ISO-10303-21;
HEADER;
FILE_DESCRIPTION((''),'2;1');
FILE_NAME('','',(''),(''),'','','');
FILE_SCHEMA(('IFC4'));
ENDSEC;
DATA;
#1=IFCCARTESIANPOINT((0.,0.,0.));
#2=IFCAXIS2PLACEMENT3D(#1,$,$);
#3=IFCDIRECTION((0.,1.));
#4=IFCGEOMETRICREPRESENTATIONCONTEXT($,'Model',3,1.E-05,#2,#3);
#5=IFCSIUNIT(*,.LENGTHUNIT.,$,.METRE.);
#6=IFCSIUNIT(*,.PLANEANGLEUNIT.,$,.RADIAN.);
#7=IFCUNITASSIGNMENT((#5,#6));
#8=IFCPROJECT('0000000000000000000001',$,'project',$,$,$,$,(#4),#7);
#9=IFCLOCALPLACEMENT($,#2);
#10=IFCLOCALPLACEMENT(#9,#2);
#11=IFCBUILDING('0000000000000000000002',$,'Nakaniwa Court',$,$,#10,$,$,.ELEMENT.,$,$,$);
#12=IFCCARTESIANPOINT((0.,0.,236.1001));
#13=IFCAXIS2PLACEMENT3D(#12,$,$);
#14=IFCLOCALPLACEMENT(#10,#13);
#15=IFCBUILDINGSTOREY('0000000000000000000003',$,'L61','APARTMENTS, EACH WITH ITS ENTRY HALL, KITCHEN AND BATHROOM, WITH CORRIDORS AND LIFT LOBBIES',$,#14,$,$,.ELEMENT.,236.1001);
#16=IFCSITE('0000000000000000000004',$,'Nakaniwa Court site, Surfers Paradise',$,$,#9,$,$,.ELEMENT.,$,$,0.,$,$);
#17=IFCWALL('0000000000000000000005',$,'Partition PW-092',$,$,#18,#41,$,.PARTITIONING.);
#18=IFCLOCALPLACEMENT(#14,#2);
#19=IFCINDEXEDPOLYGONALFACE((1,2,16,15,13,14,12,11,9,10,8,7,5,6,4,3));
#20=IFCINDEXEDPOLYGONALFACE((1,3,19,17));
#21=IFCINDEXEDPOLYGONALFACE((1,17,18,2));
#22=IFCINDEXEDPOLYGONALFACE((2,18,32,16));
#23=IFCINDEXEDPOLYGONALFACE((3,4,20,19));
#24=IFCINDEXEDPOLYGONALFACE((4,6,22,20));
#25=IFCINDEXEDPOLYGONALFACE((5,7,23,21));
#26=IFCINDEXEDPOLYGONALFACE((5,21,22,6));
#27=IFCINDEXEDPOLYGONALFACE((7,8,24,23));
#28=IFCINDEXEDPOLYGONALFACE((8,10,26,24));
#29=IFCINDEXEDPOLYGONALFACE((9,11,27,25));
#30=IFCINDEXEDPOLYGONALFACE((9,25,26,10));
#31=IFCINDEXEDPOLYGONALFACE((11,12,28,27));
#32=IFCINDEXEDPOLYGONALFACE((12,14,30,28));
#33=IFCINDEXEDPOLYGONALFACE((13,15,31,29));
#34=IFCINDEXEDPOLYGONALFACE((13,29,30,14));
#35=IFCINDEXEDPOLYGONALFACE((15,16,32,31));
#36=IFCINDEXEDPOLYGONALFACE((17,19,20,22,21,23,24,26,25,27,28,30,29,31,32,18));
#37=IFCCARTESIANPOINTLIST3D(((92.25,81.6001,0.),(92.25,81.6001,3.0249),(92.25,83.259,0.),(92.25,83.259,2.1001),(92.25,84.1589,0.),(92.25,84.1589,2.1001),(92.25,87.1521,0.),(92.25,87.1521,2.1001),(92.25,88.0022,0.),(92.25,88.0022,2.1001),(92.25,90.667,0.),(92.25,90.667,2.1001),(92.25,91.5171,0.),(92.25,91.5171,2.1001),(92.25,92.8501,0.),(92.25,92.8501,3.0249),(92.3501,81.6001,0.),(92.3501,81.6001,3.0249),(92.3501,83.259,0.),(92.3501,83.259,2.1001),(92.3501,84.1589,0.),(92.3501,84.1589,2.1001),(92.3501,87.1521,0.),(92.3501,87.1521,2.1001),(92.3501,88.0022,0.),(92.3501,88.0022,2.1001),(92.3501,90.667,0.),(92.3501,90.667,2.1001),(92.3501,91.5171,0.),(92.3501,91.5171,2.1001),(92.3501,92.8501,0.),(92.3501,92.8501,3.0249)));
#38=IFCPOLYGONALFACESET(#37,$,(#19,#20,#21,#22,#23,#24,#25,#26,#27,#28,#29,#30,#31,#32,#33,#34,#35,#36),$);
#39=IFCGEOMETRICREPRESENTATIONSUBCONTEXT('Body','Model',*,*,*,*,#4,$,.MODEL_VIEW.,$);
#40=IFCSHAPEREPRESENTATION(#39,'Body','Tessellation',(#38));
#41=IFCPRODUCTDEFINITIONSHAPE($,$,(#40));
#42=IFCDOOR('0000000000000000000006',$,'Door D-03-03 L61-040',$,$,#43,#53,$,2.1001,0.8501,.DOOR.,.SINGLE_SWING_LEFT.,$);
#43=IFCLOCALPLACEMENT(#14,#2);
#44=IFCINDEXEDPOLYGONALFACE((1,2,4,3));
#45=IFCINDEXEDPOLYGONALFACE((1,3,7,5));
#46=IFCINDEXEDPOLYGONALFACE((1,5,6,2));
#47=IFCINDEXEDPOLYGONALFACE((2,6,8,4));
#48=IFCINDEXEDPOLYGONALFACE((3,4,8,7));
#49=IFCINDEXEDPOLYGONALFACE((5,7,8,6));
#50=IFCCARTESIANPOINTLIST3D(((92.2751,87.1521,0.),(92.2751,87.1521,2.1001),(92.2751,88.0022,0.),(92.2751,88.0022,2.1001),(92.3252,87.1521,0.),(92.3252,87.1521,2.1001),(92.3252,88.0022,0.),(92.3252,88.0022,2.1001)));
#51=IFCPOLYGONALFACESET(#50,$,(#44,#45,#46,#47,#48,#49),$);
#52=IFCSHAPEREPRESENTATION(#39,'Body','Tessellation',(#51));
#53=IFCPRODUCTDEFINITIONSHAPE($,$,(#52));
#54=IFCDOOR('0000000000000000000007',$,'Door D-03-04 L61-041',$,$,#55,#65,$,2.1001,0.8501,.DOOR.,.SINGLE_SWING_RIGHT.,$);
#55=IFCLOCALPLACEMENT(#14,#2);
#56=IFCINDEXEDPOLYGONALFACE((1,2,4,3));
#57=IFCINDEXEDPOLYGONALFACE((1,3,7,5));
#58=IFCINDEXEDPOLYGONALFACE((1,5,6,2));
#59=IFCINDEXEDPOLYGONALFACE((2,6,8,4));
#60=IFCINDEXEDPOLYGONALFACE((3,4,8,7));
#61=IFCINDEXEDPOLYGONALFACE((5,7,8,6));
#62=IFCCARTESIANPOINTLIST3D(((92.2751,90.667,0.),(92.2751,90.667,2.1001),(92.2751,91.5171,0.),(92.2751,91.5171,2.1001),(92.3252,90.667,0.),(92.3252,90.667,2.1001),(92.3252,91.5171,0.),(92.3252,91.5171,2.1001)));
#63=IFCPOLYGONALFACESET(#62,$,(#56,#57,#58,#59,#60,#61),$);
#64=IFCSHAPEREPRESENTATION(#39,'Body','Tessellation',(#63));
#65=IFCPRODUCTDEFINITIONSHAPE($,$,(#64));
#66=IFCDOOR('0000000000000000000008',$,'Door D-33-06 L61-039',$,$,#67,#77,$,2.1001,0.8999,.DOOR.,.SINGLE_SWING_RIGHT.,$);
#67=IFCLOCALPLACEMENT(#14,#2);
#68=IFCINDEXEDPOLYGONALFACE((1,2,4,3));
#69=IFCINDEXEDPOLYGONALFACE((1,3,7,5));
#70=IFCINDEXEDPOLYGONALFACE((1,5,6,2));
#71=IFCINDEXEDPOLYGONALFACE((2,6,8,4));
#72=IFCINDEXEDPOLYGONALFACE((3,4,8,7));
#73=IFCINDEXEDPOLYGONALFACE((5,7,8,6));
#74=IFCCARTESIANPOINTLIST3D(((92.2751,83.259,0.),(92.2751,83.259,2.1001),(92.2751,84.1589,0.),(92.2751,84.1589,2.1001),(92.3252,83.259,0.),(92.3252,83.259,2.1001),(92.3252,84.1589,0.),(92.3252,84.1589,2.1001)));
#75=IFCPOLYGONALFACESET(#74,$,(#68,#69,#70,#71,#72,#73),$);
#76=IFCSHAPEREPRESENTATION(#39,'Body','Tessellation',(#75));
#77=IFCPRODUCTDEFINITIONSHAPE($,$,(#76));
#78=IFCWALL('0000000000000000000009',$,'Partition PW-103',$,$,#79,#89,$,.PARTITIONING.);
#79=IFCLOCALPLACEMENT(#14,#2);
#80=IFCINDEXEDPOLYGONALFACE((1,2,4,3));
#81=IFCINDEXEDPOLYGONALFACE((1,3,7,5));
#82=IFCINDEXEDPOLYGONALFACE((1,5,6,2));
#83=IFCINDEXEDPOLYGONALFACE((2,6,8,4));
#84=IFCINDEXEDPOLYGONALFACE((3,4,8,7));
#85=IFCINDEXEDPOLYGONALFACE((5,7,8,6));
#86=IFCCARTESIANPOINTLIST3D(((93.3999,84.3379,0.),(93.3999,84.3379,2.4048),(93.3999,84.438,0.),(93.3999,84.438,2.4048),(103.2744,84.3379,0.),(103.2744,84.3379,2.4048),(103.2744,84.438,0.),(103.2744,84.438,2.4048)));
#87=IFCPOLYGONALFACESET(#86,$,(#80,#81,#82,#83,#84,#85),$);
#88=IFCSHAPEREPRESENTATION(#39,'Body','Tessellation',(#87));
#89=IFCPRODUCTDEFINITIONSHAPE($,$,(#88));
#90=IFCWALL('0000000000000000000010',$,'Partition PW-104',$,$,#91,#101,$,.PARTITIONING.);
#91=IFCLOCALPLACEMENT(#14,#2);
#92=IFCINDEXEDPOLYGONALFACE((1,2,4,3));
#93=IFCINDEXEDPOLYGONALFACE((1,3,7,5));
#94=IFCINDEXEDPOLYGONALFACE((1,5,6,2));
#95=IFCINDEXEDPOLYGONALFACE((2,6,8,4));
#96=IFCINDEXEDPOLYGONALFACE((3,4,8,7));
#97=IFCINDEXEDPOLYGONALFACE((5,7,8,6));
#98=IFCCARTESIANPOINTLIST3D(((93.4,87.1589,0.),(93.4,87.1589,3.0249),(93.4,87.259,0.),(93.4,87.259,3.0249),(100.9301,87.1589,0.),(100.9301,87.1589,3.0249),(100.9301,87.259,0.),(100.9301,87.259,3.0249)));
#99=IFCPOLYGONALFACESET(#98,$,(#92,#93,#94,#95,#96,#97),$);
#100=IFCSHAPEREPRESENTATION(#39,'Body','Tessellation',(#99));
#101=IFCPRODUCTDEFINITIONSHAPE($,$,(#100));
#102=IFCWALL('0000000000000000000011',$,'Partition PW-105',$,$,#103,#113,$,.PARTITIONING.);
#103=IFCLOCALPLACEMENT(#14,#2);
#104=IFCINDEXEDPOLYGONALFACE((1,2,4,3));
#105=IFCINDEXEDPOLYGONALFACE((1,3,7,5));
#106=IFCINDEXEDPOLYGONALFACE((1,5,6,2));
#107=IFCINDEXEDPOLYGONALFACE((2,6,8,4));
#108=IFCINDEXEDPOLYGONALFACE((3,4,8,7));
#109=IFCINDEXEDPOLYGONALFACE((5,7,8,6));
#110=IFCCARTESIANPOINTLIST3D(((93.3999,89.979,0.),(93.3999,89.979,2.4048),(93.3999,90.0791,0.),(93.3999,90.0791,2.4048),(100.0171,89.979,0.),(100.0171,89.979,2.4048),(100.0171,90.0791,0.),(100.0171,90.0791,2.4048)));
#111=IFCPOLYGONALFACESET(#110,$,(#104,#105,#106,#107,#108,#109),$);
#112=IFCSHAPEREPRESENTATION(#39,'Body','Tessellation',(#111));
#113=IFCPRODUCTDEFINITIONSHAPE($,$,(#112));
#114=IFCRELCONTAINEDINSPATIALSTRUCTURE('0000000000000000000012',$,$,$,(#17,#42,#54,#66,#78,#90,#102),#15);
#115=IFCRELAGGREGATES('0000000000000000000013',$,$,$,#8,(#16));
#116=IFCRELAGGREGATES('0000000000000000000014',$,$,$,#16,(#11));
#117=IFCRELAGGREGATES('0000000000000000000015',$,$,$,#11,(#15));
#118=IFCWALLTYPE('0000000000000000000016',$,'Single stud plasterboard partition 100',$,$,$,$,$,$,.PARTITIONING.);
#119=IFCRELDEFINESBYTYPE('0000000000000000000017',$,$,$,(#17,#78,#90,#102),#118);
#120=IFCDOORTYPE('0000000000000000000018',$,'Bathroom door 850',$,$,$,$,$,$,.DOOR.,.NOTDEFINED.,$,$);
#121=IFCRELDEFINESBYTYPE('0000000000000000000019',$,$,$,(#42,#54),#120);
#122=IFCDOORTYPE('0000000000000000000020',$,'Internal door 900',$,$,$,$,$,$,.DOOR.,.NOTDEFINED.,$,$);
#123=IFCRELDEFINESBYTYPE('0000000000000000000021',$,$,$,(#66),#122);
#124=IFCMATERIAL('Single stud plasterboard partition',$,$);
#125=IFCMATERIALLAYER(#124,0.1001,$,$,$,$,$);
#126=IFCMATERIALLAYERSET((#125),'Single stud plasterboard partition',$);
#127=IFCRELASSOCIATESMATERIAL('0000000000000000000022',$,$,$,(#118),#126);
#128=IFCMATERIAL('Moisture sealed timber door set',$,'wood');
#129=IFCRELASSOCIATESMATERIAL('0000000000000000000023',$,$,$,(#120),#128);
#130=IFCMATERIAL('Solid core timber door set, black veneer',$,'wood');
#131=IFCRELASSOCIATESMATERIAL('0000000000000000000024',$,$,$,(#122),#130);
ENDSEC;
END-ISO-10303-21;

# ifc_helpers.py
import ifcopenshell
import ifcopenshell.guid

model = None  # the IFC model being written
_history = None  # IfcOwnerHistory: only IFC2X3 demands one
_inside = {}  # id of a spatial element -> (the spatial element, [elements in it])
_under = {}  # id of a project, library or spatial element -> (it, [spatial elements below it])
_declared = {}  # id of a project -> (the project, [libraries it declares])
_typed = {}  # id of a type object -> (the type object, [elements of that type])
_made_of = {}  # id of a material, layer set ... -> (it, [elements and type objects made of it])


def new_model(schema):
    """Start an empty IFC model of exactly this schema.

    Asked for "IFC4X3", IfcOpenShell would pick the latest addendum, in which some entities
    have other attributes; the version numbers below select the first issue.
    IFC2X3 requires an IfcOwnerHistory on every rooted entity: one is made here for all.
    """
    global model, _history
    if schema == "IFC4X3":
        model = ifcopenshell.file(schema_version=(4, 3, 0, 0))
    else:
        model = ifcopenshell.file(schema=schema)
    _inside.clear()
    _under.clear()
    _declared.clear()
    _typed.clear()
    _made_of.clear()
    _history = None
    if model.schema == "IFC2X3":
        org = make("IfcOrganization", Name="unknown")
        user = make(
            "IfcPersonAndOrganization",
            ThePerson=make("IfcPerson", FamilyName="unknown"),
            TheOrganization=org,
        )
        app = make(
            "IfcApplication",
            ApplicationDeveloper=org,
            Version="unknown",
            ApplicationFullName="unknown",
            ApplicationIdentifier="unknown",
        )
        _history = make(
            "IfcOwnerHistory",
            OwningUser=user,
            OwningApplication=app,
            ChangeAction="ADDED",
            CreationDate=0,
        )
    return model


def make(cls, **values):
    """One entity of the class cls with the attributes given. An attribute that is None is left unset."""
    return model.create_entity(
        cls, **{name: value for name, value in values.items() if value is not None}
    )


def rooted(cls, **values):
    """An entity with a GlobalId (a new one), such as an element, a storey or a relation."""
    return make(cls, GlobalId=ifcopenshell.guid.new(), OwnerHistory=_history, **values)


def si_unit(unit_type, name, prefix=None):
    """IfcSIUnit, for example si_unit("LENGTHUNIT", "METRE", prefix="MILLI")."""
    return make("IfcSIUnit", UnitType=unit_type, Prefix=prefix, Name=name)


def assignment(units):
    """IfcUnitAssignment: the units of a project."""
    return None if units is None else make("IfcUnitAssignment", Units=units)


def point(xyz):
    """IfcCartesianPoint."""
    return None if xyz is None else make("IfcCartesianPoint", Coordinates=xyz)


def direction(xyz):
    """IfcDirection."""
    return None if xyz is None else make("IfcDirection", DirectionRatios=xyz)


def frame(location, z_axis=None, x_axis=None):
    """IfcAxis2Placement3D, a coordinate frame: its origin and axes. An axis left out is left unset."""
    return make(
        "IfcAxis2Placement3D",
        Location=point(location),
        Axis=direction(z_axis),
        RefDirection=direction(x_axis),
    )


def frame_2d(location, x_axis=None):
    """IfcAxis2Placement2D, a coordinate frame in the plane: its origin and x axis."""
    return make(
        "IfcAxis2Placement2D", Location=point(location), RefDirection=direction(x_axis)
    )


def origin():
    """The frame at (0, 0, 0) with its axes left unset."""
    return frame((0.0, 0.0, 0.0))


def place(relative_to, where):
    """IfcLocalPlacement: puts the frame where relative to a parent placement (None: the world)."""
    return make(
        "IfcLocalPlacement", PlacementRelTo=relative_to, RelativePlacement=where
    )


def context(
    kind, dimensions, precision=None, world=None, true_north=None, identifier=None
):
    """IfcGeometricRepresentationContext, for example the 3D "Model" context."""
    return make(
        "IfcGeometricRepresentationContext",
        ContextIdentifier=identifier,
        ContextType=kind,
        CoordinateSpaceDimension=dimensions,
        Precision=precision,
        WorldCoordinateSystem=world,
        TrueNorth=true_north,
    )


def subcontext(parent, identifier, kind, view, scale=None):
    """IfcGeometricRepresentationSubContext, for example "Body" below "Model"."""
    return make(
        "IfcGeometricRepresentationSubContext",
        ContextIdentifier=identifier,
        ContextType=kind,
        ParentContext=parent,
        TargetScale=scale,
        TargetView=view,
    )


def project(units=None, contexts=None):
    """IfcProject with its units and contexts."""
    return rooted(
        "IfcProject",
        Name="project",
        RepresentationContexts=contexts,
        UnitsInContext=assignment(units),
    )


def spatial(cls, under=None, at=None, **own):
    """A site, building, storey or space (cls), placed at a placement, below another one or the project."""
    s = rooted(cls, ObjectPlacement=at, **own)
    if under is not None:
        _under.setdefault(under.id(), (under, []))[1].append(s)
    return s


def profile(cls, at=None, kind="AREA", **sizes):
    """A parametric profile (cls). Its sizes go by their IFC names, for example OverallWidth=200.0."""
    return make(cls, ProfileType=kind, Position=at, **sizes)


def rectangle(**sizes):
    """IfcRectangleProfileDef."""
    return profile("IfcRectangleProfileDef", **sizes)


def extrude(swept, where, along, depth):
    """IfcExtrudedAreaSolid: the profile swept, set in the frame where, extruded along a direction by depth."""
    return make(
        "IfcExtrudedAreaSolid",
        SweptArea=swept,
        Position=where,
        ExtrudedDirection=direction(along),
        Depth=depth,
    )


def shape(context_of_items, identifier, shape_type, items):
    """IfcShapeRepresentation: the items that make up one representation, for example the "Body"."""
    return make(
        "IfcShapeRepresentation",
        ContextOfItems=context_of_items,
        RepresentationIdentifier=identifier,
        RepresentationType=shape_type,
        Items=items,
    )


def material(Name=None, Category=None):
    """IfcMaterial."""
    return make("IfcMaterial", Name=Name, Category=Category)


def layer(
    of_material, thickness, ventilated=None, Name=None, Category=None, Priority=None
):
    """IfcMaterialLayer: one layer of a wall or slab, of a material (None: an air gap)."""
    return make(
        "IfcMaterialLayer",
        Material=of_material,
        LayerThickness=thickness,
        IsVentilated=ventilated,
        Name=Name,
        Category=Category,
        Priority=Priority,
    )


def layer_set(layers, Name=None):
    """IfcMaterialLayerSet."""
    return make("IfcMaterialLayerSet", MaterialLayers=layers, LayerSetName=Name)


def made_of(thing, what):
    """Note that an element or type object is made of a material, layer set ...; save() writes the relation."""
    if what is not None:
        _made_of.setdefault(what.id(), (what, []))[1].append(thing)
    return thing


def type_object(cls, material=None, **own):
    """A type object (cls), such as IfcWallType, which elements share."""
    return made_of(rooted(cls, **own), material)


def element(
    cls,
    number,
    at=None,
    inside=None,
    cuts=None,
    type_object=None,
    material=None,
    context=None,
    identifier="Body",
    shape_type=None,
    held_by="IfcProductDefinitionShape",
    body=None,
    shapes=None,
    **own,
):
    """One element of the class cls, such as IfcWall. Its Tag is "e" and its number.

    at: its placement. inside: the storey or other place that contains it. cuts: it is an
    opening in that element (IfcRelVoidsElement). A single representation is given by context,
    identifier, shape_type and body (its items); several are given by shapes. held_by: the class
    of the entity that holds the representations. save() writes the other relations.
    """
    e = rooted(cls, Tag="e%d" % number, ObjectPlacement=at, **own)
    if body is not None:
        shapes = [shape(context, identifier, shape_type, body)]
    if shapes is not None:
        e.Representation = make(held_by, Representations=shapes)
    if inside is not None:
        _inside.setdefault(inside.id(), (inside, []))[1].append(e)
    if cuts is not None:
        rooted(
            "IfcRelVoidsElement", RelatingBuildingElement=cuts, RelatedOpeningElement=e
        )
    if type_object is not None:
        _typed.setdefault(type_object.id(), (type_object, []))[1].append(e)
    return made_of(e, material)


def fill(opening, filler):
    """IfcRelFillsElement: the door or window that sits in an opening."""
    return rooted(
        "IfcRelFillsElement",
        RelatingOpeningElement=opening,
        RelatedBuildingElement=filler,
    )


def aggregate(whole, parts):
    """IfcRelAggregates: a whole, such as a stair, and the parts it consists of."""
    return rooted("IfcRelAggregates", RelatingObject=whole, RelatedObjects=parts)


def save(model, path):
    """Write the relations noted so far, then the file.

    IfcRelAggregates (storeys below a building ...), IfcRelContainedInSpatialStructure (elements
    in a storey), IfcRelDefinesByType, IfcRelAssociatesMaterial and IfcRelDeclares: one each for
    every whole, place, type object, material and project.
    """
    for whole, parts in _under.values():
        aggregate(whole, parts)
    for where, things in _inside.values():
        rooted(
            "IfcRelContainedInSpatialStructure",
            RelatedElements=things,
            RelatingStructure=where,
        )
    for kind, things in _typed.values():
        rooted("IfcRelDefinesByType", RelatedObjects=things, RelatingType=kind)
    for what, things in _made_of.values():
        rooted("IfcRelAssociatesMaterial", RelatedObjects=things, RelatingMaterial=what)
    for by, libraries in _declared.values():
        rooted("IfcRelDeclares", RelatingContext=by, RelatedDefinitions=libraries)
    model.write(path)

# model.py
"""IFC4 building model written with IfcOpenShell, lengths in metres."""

from ifc_helpers import new_model, si_unit, direction, frame, frame_2d, origin, place, context, subcontext, project, spatial, rectangle, extrude, material, layer, layer_set, type_object, element, fill, save


model = new_model("IFC4")

# Units and contexts
model_context = context("Model", 3, precision=1e-05, world=origin(), true_north=direction((0.0, 1.0)))
body_context = subcontext(model_context, "Body", "Model", "MODEL_VIEW")
ifc_project = project(units=[si_unit("LENGTHUNIT", "METRE"), si_unit("PLANEANGLEUNIT", "RADIAN")], contexts=[model_context])

# Site, building, storey
site_placement = place(None, origin())
site = spatial("IfcSite", under=ifc_project, at=site_placement, Name="Nakaniwa Court site, Surfers Paradise", CompositionType="ELEMENT", RefElevation=0.0)
building_placement = place(site_placement, origin())
building = spatial("IfcBuilding", under=site, at=building_placement, Name="Nakaniwa Court", CompositionType="ELEMENT")
storey_placement = place(building_placement, frame((0.0, 0.0, 236.1001)))
storey = spatial("IfcBuildingStorey", under=building, at=storey_placement, Name="L61", Description="APARTMENTS, EACH WITH ITS ENTRY HALL, KITCHEN AND BATHROOM, WITH CORRIDORS AND LIFT LOBBIES", CompositionType="ELEMENT", Elevation=236.1001)

# Wall, openings, doors
ifc_material_1 = material(Name="Single stud plasterboard partition")
ifc_layer_1 = layer(ifc_material_1, 0.1001)
ifc_layer_set_1 = layer_set([ifc_layer_1], Name="Single stud plasterboard partition")
wall_type_1 = type_object("IfcWallType", Name="Single stud plasterboard partition 100", PredefinedType="PARTITIONING", material=ifc_layer_set_1)
wall_1_placement = place(storey_placement, frame((92.3, 81.6001, 0.0), z_axis=(0.0, 0.0, 1.0), x_axis=(0.0, 1.0, 0.0)))
wall_1 = element("IfcWall", 1, at=wall_1_placement, inside=storey, type_object=wall_type_1, Name="Partition PW-092", PredefinedType="PARTITIONING", context=body_context, shape_type="SweptSolid", body=[
    extrude(rectangle(XDim=11.25, YDim=0.1001, at=frame_2d((5.625, 0.0))), origin(), (0.0, 0.0, 1.0), 3.0249),
])
opening_1_placement = place(wall_1_placement, frame((1.6589, 0.0, 0.0)))
opening_1 = element("IfcOpeningElement", 2, at=opening_1_placement, cuts=wall_1, PredefinedType="OPENING", context=body_context, shape_type="SweptSolid", body=[
    extrude(rectangle(XDim=0.8999, YDim=2.1001, at=frame_2d((0.45, 1.05))), frame((0.0, 0.0601, 0.0), z_axis=(0.0, -1.0, 0.0), x_axis=(1.0, 0.0, 0.0)), (0.0, 0.0, 1.0), 0.1201),
])
opening_2_placement = place(wall_1_placement, frame((5.552, 0.0, 0.0)))
opening_2 = element("IfcOpeningElement", 3, at=opening_2_placement, cuts=wall_1, PredefinedType="OPENING", context=body_context, shape_type="SweptSolid", body=[
    extrude(rectangle(XDim=0.8501, YDim=2.1001, at=frame_2d((0.425, 1.05))), frame((0.0, 0.0601, 0.0), z_axis=(0.0, -1.0, 0.0), x_axis=(1.0, 0.0, 0.0)), (0.0, 0.0, 1.0), 0.1201),
])
opening_3_placement = place(wall_1_placement, frame((9.0669, 0.0, 0.0)))
opening_3 = element("IfcOpeningElement", 4, at=opening_3_placement, cuts=wall_1, PredefinedType="OPENING", context=body_context, shape_type="SweptSolid", body=[
    extrude(rectangle(XDim=0.8501, YDim=2.1001, at=frame_2d((0.425, 1.05))), frame((0.0, 0.0601, 0.0), z_axis=(0.0, -1.0, 0.0), x_axis=(1.0, 0.0, 0.0)), (0.0, 0.0, 1.0), 0.1201),
])
ifc_material_2 = material(Name="Moisture sealed timber door set", Category="wood")
door_type_1 = type_object("IfcDoorType", Name="Bathroom door 850", OperationType="NOTDEFINED", PredefinedType="DOOR", material=ifc_material_2)
door_1_placement = place(opening_2_placement, origin())
door_1 = element("IfcDoor", 5, at=door_1_placement, inside=storey, type_object=door_type_1, Name="Door D-03-03 L61-040", OperationType="SINGLE_SWING_LEFT", OverallHeight=2.1001, OverallWidth=0.8501, PredefinedType="DOOR", context=body_context, shape_type="SweptSolid", body=[
    extrude(rectangle(XDim=0.8501, YDim=2.1001, at=frame_2d((0.425, 1.05))), frame((0.0, 0.0249, 0.0), z_axis=(0.0, -1.0, 0.0), x_axis=(1.0, 0.0, 0.0)), (0.0, 0.0, 1.0), 0.05),
])
fill(opening_2, door_1)
door_2_placement = place(opening_3_placement, origin())
door_2 = element("IfcDoor", 6, at=door_2_placement, inside=storey, type_object=door_type_1, Name="Door D-03-04 L61-041", OperationType="SINGLE_SWING_RIGHT", OverallHeight=2.1001, OverallWidth=0.8501, PredefinedType="DOOR", context=body_context, shape_type="SweptSolid", body=[
    extrude(rectangle(XDim=0.8501, YDim=2.1001, at=frame_2d((0.425, 1.05))), frame((0.0, 0.0249, 0.0), z_axis=(0.0, -1.0, 0.0), x_axis=(1.0, 0.0, 0.0)), (0.0, 0.0, 1.0), 0.05),
])
fill(opening_3, door_2)
ifc_material_3 = material(Name="Solid core timber door set, black veneer", Category="wood")
door_type_2 = type_object("IfcDoorType", Name="Internal door 900", OperationType="NOTDEFINED", PredefinedType="DOOR", material=ifc_material_3)
door_3_placement = place(opening_1_placement, origin())
door_3 = element("IfcDoor", 7, at=door_3_placement, inside=storey, type_object=door_type_2, Name="Door D-33-06 L61-039", OperationType="SINGLE_SWING_RIGHT", OverallHeight=2.1001, OverallWidth=0.8999, PredefinedType="DOOR", context=body_context, shape_type="SweptSolid", body=[
    extrude(rectangle(XDim=0.8999, YDim=2.1001, at=frame_2d((0.45, 1.05))), frame((0.0, 0.0249, 0.0), z_axis=(0.0, -1.0, 0.0), x_axis=(1.0, 0.0, 0.0)), (0.0, 0.0, 1.0), 0.05),
])
fill(opening_1, door_3)

# Walls
wall_2_placement = place(storey_placement, frame((93.3999, 84.3879, 0.0), z_axis=(0.0, 0.0, 1.0), x_axis=(1.0, 0.0, 0.0)))
element("IfcWall", 8, at=wall_2_placement, inside=storey, type_object=wall_type_1, Name="Partition PW-103", PredefinedType="PARTITIONING", context=body_context, shape_type="SweptSolid", body=[
    extrude(rectangle(XDim=9.8745, YDim=0.1001, at=frame_2d((4.9373, 0.0))), origin(), (0.0, 0.0, 1.0), 2.4048),
])
wall_3_placement = place(storey_placement, frame((93.3999, 87.209, 0.0), z_axis=(0.0, 0.0, 1.0), x_axis=(1.0, 0.0, 0.0)))
element("IfcWall", 9, at=wall_3_placement, inside=storey, type_object=wall_type_1, Name="Partition PW-104", PredefinedType="PARTITIONING", context=body_context, shape_type="SweptSolid", body=[
    extrude(rectangle(XDim=7.53, YDim=0.1001, at=frame_2d((3.7651, 0.0))), origin(), (0.0, 0.0, 1.0), 3.0249),
])
wall_4_placement = place(storey_placement, frame((93.3999, 90.0291, 0.0), z_axis=(0.0, 0.0, 1.0), x_axis=(1.0, 0.0, 0.0)))
element("IfcWall", 10, at=wall_4_placement, inside=storey, type_object=wall_type_1, Name="Partition PW-105", PredefinedType="PARTITIONING", context=body_context, shape_type="SweptSolid", body=[
    extrude(rectangle(XDim=6.6172, YDim=0.1001, at=frame_2d((3.3086, 0.0))), origin(), (0.0, 0.0, 1.0), 2.4048),
])

save(model, "model.ifc")
